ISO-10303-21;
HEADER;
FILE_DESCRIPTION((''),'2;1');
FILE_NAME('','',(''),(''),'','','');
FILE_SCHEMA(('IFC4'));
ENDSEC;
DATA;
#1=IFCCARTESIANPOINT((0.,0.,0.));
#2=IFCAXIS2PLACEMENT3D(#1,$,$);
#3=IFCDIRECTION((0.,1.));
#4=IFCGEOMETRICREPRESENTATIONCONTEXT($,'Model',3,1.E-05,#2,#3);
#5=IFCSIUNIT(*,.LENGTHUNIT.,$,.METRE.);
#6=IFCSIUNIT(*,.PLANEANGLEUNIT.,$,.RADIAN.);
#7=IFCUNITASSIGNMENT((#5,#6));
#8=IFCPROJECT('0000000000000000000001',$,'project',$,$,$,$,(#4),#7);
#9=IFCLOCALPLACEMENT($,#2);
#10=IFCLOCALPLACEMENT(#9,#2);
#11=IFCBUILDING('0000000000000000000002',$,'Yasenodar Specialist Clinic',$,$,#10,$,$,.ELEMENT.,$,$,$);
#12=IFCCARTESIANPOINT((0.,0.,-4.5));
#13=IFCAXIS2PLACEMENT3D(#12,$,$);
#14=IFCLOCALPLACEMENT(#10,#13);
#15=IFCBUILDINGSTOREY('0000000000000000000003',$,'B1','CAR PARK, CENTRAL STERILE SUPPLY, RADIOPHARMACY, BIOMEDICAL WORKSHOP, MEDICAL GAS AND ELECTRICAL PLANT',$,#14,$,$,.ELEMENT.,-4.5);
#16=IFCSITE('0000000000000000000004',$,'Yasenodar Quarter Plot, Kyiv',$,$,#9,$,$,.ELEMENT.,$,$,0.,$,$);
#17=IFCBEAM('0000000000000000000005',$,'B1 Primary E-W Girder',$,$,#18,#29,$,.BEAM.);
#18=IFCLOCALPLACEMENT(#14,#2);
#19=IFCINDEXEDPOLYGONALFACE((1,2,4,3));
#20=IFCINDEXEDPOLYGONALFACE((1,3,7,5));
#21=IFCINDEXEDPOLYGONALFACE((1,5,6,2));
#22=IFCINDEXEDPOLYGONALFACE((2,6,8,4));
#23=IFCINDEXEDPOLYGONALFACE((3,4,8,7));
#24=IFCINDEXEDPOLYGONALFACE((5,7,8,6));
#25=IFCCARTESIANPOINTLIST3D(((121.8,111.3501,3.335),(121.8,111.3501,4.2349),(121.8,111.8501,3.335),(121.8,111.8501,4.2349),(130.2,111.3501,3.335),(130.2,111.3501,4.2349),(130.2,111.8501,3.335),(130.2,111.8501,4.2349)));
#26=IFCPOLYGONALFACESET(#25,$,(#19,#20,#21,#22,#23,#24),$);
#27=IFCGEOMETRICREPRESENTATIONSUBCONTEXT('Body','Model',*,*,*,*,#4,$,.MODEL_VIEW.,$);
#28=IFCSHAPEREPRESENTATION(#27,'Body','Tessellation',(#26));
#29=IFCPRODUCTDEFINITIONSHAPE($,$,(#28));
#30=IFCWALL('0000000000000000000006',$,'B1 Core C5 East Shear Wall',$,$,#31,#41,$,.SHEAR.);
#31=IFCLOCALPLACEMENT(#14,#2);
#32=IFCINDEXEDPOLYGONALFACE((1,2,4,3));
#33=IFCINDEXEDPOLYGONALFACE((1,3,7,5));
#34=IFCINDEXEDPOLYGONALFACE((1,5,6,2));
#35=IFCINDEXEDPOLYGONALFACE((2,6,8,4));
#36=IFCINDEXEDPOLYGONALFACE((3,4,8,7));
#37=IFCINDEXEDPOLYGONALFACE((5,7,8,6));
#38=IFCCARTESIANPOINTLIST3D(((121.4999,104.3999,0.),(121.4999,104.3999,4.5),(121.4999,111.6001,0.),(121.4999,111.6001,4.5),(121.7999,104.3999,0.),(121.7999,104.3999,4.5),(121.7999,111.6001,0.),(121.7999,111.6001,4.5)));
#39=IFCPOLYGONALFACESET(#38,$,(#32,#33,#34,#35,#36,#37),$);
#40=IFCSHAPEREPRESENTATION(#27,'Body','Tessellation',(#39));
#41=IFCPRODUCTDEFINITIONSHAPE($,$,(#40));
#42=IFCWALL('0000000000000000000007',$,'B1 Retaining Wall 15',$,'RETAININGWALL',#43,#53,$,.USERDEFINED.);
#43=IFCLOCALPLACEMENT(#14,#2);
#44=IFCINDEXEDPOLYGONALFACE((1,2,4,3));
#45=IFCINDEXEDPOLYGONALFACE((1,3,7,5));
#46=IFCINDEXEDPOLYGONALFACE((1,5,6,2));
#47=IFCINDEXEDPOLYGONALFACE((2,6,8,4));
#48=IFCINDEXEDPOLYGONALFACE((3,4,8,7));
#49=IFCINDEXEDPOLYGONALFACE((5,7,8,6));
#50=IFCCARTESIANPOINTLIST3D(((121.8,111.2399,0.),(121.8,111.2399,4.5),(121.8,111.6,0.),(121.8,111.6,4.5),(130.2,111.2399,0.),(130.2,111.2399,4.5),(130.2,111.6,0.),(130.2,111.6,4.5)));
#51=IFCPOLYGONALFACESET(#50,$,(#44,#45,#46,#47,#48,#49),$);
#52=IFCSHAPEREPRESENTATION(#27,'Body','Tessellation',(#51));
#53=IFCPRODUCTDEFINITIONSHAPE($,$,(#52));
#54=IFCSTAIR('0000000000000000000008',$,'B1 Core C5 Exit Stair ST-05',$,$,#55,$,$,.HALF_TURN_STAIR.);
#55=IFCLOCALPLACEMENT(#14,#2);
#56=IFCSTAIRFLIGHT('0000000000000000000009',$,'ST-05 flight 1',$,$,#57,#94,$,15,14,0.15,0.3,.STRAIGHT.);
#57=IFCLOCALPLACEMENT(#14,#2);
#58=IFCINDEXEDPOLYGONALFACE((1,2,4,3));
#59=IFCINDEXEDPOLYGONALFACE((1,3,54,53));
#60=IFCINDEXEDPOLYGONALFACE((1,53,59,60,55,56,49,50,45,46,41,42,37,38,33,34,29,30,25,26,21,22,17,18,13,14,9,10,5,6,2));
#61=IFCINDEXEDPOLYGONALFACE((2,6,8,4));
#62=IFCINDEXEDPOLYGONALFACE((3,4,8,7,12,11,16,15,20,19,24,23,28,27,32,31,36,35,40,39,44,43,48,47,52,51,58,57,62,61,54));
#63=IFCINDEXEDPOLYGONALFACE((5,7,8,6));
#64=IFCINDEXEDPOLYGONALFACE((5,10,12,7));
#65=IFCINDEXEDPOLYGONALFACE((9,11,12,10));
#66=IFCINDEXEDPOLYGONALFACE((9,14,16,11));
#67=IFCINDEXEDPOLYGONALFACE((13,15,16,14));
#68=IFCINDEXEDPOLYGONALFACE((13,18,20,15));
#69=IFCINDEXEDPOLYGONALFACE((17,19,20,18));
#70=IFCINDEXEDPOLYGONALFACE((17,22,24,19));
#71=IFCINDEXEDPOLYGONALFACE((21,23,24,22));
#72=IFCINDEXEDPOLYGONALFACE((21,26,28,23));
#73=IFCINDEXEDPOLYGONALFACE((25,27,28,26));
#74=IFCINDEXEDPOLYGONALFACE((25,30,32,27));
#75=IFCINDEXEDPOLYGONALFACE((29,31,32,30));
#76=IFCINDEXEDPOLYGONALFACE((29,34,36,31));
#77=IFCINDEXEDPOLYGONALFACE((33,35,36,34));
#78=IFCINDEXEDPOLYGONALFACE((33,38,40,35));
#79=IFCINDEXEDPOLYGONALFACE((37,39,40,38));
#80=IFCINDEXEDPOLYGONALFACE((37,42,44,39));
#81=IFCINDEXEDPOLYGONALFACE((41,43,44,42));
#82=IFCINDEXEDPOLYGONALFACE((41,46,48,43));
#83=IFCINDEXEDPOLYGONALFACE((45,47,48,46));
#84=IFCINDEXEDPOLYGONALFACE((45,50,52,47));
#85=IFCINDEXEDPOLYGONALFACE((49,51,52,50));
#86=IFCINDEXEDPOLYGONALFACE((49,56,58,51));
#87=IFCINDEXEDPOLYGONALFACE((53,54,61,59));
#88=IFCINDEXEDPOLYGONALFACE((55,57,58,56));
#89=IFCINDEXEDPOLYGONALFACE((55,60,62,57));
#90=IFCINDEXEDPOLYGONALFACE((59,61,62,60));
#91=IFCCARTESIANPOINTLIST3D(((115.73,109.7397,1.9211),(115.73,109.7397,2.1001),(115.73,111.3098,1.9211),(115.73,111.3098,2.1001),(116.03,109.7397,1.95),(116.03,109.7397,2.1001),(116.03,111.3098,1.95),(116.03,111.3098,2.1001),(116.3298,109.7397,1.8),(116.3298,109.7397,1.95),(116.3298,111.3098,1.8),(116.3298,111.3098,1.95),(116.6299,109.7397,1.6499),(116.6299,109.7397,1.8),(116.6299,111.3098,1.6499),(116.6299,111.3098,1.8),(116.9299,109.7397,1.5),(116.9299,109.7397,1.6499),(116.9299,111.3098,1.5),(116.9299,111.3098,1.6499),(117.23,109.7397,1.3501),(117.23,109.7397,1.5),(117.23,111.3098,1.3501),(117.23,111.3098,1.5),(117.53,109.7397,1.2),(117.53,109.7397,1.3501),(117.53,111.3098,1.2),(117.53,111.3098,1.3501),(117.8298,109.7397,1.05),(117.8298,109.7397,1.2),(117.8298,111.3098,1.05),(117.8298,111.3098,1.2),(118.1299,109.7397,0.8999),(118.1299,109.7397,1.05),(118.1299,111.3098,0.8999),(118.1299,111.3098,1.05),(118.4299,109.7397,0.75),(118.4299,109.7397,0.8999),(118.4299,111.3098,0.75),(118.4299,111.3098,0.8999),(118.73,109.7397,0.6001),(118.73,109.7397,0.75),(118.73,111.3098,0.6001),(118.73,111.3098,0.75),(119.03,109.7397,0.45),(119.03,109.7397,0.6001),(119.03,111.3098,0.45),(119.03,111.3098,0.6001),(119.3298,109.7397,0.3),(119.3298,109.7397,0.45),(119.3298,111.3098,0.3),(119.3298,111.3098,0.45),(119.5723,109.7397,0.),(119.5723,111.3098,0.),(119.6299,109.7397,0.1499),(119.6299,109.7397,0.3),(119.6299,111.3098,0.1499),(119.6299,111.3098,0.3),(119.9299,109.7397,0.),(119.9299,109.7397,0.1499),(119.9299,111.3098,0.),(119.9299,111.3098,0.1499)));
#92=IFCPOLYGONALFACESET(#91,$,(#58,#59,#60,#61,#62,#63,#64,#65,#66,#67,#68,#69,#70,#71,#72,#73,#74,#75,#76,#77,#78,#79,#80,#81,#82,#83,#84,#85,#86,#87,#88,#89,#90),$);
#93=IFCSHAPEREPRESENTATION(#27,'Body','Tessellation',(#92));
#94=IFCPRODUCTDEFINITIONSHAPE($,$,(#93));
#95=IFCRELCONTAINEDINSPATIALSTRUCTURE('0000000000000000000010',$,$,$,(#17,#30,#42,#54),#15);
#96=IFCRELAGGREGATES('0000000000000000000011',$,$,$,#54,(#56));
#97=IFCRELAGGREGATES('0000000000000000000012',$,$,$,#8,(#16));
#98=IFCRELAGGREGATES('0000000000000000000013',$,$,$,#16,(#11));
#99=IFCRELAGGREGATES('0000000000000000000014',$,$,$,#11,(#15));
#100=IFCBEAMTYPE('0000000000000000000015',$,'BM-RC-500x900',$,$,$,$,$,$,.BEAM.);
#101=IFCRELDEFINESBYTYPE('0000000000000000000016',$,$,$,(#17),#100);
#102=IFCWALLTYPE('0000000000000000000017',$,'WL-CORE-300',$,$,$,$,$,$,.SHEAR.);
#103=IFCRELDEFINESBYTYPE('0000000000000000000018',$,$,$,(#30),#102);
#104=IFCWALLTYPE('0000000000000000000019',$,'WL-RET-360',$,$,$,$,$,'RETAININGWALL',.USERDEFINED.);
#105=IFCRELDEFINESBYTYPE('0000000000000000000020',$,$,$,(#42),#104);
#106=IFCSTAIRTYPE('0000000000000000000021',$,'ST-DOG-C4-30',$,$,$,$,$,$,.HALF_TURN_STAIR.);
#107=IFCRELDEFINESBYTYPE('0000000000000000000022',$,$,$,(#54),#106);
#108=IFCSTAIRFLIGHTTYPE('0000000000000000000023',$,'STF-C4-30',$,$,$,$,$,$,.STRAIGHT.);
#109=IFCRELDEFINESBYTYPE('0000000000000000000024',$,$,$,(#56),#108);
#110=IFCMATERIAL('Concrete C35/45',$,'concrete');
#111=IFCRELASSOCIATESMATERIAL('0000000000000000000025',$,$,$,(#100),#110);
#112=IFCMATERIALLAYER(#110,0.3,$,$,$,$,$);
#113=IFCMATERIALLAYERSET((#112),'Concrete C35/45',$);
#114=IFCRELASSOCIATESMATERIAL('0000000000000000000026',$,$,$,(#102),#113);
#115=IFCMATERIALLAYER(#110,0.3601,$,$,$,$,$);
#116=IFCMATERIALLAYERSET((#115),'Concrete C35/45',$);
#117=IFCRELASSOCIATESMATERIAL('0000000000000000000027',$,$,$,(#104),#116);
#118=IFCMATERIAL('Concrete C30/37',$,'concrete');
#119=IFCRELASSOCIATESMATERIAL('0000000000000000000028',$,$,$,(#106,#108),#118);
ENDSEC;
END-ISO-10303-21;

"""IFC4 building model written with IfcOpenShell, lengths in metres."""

from ifc_helpers import new_model, si_unit, direction, frame, frame_2d, origin, origin_2d, place, context, subcontext, project, spatial, polyline, rectangle, outline, extrude, material, layer, layer_set, material_profile, profile_set, type_object, element, aggregate, save


model = new_model("IFC4")

# Units and contexts
model_context = context("Model", 3, precision=1e-05, world=origin(), true_north=direction((0.0, 1.0)))
body_context = subcontext(model_context, "Body", "Model", "MODEL_VIEW")
ifc_project = project(units=[si_unit("LENGTHUNIT", "METRE"), si_unit("PLANEANGLEUNIT", "RADIAN")], contexts=[model_context])

# Site, building, storey
site_placement = place(None, origin())
site = spatial("IfcSite", under=ifc_project, at=site_placement, Name="Yasenodar Quarter Plot, Kyiv", CompositionType="ELEMENT", RefElevation=0.0)
building_placement = place(site_placement, origin())
building = spatial("IfcBuilding", under=site, at=building_placement, Name="Yasenodar Specialist Clinic", CompositionType="ELEMENT")
storey_placement = place(building_placement, frame((0.0, 0.0, -4.5)))
storey = spatial("IfcBuildingStorey", under=building, at=storey_placement, Name="B1", Description="CAR PARK, CENTRAL STERILE SUPPLY, RADIOPHARMACY, BIOMEDICAL WORKSHOP, MEDICAL GAS AND ELECTRICAL PLANT", CompositionType="ELEMENT", Elevation=-4.5)

# Shared definitions
ifc_material_1 = material(Name="Concrete C35/45", Category="concrete")

# Shared definitions
ifc_material_2 = material(Name="Concrete C30/37", Category="concrete")

# Beam
ifc_material_profile_1 = material_profile(ifc_material_1, rectangle(XDim=0.5, YDim=0.8999, at=origin_2d()), Name="RC 500x900")
ifc_profile_set_1 = profile_set([ifc_material_profile_1], Name="Concrete C35/45")
beam_type = type_object("IfcBeamType", Name="BM-RC-500x900", PredefinedType="BEAM", material=ifc_profile_set_1)
beam_placement = place(storey_placement, frame((121.8, 111.6001, 3.7849), z_axis=(1.0, 0.0, 0.0), x_axis=(0.0, 1.0, 0.0)))
element("IfcBeam", 1, at=beam_placement, inside=storey, type_object=beam_type, Name="B1 Primary E-W Girder", PredefinedType="BEAM", context=body_context, shape_type="SweptSolid", body=[
    extrude(rectangle(XDim=0.5, YDim=0.8999, at=origin_2d()), origin(), (0.0, 0.0, 1.0), 8.3999),
])

# Walls
ifc_layer_1 = layer(ifc_material_1, 0.3)
ifc_layer_set_1 = layer_set([ifc_layer_1], Name="Concrete C35/45")
wall_type_1 = type_object("IfcWallType", Name="WL-CORE-300", PredefinedType="SHEAR", material=ifc_layer_set_1)
wall_1_placement = place(storey_placement, frame((121.6499, 111.6001, 0.0), z_axis=(0.0, 0.0, 1.0), x_axis=(0.0, -1.0, 0.0)))
element("IfcWall", 2, at=wall_1_placement, inside=storey, type_object=wall_type_1, Name="B1 Core C5 East Shear Wall", PredefinedType="SHEAR", context=body_context, shape_type="SweptSolid", body=[
    extrude(rectangle(XDim=7.2002, YDim=0.3, at=frame_2d((3.6001, 0.0))), origin(), (0.0, 0.0, 1.0), 4.5),
])
ifc_layer_2 = layer(ifc_material_1, 0.3601)
ifc_layer_set_2 = layer_set([ifc_layer_2], Name="Concrete C35/45")
wall_type_2 = type_object("IfcWallType", Name="WL-RET-360", ElementType="RETAININGWALL", PredefinedType="USERDEFINED", material=ifc_layer_set_2)
wall_2_placement = place(storey_placement, frame((121.8, 111.4199, 0.0), z_axis=(0.0, 0.0, 1.0), x_axis=(1.0, 0.0, 0.0)))
element("IfcWall", 3, at=wall_2_placement, inside=storey, type_object=wall_type_2, Name="B1 Retaining Wall 15", ObjectType="RETAININGWALL", PredefinedType="USERDEFINED", context=body_context, shape_type="SweptSolid", body=[
    extrude(rectangle(XDim=8.3999, YDim=0.3601, at=frame_2d((4.2, 0.0))), origin(), (0.0, 0.0, 1.0), 4.5),
])

# Stair, stair flight
stair_type = type_object("IfcStairType", Name="ST-DOG-C4-30", PredefinedType="HALF_TURN_STAIR", material=ifc_material_2)
stair_placement = place(storey_placement, origin())
stair = element("IfcStair", 4, at=stair_placement, inside=storey, type_object=stair_type, Name="B1 Core C5 Exit Stair ST-05", PredefinedType="HALF_TURN_STAIR")
stair_flight_type = type_object("IfcStairFlightType", Name="STF-C4-30", PredefinedType="STRAIGHT", material=ifc_material_2)
stair_flight_placement = place(storey_placement, frame((119.9299, 110.5249, 0.0), z_axis=(0.0, 0.0, 1.0), x_axis=(-1.0, 0.0, 0.0)))
stair_flight = element("IfcStairFlight", 5, at=stair_flight_placement, type_object=stair_flight_type, Name="ST-05 flight 1", NumberOfRisers=15, NumberOfTreads=14, PredefinedType="STRAIGHT", RiserHeight=0.15, TreadLength=0.3, context=body_context, shape_type="SweptSolid", body=[
    extrude(outline(polyline([(0.0, 0.0), (0.0, 0.1499), (0.3, 0.1499), (0.3, 0.3), (0.6001, 0.3), (0.6001, 0.45), (0.8999, 0.45), (0.8999, 0.6001), (1.2, 0.6001), (1.2, 0.75), (1.5, 0.75), (1.5, 0.8999), (1.8, 0.8999), (1.8, 1.05), (2.1001, 1.05), (2.1001, 1.2), (2.3999, 1.2), (2.3999, 1.3501), (2.7, 1.3501), (2.7, 1.5), (3.0, 1.5), (3.0, 1.6499), (3.3, 1.6499), (3.3, 1.8), (3.6001, 1.8), (3.6001, 1.95), (3.8999, 1.95), (3.8999, 2.1001), (4.2, 2.1001), (4.2, 2.25), (4.2, 1.9211), (0.3577, 0.0), (0.0, 0.0)])), frame((0.0, 0.7852, 0.0), z_axis=(0.0, -1.0, 0.0), x_axis=(1.0, 0.0, 0.0)), (0.0, 0.0, 1.0), 1.5701),
])
aggregate(stair, [stair_flight])

save(model, "model.ifc")
